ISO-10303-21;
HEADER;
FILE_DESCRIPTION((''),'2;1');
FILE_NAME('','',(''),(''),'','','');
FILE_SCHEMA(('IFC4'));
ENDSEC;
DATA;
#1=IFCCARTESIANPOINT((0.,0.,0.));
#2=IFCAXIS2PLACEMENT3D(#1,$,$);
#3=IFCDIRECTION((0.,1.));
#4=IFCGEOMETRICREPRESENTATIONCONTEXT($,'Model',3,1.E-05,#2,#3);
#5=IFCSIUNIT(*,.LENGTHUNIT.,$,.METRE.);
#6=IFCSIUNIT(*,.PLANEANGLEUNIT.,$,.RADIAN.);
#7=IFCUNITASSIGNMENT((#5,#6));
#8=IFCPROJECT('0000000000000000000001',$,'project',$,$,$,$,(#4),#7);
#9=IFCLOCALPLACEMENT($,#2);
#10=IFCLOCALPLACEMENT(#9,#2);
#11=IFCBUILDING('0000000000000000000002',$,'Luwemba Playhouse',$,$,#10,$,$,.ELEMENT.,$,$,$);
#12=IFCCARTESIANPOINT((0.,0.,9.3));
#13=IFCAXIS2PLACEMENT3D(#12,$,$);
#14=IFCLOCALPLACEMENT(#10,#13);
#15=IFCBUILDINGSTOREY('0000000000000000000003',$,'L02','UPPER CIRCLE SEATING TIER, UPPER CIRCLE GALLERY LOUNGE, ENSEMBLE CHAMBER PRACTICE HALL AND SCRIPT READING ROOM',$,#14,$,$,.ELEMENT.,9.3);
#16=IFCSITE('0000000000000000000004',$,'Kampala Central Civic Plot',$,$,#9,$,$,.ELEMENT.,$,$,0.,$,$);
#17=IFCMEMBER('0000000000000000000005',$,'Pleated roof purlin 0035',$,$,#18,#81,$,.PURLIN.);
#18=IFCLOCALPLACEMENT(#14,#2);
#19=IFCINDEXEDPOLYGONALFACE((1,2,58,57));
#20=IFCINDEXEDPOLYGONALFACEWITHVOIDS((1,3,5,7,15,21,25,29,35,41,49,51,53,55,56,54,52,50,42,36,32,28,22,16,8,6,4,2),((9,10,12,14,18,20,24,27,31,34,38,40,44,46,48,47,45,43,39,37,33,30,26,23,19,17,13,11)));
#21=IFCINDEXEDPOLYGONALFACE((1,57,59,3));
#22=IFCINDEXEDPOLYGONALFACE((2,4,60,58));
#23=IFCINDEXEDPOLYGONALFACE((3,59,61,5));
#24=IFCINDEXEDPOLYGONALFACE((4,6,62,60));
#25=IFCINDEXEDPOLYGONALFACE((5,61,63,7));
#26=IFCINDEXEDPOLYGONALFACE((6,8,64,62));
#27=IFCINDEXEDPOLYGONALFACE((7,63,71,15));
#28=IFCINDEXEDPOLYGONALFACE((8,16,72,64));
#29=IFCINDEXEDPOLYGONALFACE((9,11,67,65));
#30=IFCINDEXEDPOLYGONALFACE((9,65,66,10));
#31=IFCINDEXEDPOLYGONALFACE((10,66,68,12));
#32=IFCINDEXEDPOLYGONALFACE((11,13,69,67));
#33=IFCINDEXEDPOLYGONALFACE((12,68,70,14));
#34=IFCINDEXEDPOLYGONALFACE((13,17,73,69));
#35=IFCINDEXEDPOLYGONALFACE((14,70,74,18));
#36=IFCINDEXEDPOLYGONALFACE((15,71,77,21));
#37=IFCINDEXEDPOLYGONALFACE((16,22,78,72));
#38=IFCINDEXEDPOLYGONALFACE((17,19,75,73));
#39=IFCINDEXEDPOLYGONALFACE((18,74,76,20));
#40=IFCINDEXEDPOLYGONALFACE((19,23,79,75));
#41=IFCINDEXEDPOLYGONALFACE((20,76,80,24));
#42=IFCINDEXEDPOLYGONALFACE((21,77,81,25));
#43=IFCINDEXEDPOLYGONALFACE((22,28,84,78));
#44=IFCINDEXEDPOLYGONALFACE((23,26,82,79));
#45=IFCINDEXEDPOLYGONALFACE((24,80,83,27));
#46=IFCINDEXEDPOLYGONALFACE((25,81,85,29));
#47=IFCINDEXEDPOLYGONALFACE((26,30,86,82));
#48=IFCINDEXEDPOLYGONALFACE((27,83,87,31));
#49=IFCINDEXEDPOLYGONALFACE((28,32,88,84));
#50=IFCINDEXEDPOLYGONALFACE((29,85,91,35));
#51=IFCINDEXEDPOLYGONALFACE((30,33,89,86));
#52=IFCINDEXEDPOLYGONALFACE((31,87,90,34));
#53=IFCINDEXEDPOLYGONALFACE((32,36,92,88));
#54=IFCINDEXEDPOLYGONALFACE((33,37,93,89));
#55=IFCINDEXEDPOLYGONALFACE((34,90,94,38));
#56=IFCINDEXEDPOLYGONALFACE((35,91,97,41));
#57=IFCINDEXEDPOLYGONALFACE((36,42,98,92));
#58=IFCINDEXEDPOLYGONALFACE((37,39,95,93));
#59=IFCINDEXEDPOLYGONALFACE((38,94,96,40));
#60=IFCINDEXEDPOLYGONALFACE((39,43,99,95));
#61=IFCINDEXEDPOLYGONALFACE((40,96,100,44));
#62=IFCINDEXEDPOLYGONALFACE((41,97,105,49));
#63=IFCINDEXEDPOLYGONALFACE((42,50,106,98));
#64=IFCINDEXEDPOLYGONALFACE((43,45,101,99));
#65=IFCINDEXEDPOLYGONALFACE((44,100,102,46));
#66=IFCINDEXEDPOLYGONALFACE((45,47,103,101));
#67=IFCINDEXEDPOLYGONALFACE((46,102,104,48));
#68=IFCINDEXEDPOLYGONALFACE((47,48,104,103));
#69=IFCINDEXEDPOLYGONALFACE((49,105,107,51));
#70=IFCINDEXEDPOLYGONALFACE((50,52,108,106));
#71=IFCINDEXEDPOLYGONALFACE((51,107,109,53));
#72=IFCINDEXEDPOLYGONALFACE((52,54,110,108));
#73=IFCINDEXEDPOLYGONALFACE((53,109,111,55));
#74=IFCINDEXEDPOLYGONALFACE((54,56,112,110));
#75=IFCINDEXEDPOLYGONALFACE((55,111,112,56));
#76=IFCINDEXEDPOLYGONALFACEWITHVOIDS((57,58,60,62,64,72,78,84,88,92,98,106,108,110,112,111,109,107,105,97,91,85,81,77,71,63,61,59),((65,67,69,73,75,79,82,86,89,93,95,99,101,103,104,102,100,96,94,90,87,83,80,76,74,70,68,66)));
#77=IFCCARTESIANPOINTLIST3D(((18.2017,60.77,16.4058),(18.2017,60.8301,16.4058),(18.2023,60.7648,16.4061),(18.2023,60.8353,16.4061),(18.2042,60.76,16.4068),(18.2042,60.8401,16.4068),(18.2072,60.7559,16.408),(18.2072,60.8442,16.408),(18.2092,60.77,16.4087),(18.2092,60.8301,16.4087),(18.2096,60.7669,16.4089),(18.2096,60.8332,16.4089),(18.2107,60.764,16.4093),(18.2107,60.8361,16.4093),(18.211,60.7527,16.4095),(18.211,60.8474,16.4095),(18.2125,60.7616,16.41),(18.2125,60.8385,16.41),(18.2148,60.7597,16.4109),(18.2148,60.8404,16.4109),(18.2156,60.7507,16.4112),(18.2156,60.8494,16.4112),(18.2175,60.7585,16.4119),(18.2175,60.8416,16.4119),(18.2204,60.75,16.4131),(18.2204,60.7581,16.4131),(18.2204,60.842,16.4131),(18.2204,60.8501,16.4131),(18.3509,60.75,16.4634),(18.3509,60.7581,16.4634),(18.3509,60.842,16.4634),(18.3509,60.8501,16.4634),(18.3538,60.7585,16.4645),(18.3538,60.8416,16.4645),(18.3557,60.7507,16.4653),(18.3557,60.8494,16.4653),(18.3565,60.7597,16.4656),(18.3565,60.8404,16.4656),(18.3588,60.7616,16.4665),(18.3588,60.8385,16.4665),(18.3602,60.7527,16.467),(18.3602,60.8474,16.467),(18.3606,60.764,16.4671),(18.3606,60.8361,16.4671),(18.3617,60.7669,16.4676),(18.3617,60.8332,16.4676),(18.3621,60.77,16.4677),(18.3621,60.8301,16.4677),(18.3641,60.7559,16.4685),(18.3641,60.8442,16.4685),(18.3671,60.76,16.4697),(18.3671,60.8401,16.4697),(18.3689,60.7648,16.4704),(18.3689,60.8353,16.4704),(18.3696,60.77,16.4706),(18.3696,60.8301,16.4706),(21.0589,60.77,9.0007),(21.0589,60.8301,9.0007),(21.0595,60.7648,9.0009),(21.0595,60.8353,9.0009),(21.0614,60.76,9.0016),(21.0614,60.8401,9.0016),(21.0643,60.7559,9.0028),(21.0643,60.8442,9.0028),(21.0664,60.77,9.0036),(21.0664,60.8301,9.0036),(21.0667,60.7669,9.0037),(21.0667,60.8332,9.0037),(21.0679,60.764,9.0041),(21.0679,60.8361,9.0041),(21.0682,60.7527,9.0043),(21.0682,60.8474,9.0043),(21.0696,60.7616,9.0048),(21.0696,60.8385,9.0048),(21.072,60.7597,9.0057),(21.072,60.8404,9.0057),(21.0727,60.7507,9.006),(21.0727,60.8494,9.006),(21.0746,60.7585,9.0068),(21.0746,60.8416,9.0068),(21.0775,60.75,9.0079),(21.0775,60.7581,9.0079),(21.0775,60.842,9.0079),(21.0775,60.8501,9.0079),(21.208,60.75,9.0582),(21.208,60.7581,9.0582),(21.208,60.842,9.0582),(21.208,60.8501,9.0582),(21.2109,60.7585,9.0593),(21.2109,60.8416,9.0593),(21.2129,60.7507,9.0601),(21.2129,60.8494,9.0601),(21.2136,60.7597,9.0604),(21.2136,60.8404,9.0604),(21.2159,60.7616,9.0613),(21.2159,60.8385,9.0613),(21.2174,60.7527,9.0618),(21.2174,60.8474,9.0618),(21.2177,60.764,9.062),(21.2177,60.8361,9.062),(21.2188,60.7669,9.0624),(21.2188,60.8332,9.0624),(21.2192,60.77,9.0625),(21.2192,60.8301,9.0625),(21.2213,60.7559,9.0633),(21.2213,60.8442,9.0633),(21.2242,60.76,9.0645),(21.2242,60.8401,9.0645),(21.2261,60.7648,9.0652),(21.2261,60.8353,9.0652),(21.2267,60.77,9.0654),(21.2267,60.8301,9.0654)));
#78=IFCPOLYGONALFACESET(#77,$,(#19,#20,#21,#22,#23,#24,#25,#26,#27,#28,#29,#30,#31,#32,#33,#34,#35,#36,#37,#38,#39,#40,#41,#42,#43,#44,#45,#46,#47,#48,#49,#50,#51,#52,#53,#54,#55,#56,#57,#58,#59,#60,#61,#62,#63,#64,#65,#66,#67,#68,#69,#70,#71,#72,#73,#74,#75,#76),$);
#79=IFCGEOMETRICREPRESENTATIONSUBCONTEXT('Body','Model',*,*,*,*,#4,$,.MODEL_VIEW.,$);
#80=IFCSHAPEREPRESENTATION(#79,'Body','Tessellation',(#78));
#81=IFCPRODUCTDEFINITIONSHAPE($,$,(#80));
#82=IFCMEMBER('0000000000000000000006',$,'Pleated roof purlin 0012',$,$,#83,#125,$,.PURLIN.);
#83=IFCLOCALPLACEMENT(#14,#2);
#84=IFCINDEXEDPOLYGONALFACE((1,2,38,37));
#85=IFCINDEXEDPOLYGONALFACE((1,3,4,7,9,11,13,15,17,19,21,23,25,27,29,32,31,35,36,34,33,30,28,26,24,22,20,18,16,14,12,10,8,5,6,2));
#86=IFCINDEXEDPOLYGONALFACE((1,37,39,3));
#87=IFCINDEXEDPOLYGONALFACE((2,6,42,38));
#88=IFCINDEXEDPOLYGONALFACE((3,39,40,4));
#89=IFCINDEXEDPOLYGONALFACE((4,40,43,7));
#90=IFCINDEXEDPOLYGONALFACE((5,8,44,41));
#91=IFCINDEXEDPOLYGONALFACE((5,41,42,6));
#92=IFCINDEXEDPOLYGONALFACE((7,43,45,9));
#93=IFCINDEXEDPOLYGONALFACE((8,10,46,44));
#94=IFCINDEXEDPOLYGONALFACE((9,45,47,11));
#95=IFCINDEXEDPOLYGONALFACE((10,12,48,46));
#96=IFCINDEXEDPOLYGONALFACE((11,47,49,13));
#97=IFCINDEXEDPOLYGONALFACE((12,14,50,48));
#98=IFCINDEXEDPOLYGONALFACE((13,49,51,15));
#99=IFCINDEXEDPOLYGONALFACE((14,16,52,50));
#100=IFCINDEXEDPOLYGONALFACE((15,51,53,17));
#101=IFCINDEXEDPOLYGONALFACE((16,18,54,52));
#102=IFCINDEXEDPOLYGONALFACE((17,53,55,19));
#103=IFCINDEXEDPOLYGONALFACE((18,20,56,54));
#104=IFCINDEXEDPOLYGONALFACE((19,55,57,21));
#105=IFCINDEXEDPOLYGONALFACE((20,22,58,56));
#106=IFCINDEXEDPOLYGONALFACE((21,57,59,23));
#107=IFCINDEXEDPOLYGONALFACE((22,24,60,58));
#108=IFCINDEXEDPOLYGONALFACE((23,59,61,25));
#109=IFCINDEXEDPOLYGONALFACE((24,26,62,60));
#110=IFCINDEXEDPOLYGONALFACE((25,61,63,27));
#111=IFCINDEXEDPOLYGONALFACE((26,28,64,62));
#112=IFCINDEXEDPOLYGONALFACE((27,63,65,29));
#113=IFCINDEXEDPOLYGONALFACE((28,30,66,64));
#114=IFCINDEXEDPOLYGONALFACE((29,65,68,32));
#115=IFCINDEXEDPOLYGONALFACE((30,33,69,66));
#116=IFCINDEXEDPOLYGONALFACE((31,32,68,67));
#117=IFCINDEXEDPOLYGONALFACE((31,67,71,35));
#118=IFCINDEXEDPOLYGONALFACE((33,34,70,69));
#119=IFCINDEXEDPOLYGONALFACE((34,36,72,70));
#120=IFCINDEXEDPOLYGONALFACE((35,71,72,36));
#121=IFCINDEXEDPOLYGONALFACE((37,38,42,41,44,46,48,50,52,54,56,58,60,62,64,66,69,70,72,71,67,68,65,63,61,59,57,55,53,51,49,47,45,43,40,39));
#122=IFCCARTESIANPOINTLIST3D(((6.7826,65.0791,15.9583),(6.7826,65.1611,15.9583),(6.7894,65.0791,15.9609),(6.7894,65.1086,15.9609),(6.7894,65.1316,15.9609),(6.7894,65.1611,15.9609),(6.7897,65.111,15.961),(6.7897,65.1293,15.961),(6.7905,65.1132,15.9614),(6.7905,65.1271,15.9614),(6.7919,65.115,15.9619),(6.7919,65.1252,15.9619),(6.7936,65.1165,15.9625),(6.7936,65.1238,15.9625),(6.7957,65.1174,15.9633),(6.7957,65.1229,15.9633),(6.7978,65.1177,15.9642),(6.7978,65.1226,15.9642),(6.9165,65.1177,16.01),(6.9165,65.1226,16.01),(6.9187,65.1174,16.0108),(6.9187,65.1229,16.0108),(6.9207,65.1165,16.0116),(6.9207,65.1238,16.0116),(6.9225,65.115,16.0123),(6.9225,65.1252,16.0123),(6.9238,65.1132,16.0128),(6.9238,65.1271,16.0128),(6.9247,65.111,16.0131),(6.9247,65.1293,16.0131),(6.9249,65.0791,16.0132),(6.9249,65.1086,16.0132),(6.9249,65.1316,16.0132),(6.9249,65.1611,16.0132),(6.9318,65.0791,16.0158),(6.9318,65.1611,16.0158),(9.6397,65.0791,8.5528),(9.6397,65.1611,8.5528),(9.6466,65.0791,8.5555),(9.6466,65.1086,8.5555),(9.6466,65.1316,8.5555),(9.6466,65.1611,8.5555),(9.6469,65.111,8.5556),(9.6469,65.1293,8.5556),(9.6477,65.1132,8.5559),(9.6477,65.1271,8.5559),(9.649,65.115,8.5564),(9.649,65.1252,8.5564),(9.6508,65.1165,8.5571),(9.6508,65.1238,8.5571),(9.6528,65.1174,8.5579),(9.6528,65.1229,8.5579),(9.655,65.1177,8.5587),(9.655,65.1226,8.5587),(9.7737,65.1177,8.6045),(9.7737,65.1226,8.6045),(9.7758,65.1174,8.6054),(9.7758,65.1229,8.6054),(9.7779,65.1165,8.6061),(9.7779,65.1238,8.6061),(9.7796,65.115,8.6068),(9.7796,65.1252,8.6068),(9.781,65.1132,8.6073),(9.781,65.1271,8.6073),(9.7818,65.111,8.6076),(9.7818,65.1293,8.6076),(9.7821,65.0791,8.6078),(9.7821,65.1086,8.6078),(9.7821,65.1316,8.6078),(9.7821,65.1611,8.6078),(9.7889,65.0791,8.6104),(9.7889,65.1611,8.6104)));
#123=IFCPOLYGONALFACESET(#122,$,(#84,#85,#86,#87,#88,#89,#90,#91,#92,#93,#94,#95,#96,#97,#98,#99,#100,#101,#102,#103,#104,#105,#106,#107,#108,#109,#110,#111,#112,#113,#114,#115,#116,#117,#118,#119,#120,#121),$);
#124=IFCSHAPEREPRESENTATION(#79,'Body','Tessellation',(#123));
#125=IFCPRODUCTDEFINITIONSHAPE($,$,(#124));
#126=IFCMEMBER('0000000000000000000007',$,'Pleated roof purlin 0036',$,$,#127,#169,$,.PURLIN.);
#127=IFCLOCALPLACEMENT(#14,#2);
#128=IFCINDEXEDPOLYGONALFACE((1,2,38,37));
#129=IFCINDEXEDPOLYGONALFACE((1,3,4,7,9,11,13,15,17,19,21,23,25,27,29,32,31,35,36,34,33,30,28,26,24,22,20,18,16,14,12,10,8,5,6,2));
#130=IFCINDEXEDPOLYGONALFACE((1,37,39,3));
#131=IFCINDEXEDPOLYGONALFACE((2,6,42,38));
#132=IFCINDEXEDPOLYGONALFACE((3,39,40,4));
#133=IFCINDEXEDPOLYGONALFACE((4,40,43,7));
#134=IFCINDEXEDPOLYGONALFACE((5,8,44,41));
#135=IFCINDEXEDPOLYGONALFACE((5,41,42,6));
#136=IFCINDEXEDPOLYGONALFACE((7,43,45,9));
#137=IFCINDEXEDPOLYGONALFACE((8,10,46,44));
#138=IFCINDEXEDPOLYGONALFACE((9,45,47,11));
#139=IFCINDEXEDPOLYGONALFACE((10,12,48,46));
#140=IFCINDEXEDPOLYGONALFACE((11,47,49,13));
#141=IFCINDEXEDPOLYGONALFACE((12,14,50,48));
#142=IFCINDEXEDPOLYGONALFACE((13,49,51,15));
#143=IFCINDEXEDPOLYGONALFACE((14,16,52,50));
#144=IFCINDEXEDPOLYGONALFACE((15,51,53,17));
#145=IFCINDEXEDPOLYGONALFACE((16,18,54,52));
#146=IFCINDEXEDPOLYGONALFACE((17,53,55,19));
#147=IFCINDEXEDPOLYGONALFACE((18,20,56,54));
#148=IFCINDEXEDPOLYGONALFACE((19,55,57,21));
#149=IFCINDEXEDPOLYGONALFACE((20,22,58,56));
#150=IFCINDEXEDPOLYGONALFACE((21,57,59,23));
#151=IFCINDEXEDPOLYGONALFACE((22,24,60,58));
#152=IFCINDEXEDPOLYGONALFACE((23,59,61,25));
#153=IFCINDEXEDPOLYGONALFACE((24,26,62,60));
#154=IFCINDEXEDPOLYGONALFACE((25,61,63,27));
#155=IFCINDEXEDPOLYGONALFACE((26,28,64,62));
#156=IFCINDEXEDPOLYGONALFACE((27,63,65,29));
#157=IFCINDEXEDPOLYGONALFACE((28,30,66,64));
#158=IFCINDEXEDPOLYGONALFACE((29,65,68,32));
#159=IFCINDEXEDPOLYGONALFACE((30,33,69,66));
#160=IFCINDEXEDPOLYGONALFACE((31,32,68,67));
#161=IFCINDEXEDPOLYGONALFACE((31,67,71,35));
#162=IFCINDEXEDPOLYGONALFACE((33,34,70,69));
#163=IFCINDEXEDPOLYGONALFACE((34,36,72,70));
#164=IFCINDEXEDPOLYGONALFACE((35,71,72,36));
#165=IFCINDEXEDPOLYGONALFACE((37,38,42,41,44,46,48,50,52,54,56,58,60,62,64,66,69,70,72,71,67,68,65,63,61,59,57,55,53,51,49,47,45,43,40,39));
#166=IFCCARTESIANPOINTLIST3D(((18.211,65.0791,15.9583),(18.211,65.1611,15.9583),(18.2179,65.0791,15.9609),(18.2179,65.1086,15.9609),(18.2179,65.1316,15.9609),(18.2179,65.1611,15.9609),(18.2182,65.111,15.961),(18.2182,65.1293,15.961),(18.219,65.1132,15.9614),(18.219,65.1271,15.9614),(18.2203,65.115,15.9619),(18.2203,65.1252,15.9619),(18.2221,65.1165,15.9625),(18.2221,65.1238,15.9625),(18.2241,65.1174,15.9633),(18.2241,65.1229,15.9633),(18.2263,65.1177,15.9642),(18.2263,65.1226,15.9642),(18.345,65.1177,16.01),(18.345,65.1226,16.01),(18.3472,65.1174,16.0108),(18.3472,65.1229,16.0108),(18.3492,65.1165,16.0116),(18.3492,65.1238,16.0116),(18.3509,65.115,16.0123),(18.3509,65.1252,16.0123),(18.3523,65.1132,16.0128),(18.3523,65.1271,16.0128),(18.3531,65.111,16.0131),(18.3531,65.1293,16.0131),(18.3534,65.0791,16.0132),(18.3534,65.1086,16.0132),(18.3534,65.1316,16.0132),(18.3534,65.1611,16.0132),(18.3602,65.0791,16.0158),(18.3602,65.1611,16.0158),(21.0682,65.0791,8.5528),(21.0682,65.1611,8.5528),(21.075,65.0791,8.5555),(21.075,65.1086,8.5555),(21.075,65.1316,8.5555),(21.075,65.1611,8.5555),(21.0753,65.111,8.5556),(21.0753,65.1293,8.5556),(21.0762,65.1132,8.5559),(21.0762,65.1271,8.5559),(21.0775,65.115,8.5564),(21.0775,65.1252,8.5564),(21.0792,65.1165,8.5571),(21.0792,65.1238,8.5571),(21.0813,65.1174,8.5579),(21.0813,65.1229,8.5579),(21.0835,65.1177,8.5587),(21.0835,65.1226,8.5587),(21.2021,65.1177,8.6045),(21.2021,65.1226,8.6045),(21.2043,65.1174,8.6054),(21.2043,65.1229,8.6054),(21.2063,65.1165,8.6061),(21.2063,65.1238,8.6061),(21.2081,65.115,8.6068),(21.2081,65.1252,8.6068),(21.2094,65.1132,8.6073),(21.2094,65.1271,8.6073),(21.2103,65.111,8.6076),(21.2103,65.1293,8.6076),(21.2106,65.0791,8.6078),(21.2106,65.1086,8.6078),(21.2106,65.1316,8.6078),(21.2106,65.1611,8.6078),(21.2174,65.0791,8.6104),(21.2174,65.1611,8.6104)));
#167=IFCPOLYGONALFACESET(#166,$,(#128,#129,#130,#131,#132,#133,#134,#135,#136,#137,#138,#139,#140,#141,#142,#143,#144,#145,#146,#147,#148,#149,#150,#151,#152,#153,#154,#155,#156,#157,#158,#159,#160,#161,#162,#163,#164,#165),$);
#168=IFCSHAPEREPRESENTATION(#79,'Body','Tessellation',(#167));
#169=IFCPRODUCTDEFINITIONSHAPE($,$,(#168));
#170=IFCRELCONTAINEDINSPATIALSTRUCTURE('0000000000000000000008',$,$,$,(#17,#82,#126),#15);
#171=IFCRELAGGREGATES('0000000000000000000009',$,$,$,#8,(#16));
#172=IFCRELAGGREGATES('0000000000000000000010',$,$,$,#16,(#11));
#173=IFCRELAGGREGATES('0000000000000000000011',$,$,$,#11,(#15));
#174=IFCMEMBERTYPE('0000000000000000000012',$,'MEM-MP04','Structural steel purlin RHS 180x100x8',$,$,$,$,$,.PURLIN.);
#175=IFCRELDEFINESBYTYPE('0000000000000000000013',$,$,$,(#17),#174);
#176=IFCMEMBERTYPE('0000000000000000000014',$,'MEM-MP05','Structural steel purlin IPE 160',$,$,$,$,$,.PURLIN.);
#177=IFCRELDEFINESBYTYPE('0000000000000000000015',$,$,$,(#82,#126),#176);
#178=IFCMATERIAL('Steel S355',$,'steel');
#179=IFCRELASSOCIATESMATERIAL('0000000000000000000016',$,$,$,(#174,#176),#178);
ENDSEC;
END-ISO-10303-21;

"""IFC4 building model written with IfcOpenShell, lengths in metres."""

from ifc_helpers import new_model, si_unit, direction, frame, origin, origin_2d, place, context, subcontext, project, spatial, hollow_rectangle, i_section, extrude, material, material_profile, profile_set, type_object, element, save


model = new_model("IFC4")

# Units and contexts
model_context = context("Model", 3, precision=1e-05, world=origin(), true_north=direction((0.0, 1.0)))
body_context = subcontext(model_context, "Body", "Model", "MODEL_VIEW")
ifc_project = project(units=[si_unit("LENGTHUNIT", "METRE"), si_unit("PLANEANGLEUNIT", "RADIAN")], contexts=[model_context])

# Site, building, storey
site_placement = place(None, origin())
site = spatial("IfcSite", under=ifc_project, at=site_placement, Name="Kampala Central Civic Plot", CompositionType="ELEMENT", RefElevation=0.0)
building_placement = place(site_placement, origin())
building = spatial("IfcBuilding", under=site, at=building_placement, Name="Luwemba Playhouse", CompositionType="ELEMENT")
storey_placement = place(building_placement, frame((0.0, 0.0, 9.3)))
storey = spatial("IfcBuildingStorey", under=building, at=storey_placement, Name="L02", Description="UPPER CIRCLE SEATING TIER, UPPER CIRCLE GALLERY LOUNGE, ENSEMBLE CHAMBER PRACTICE HALL AND SCRIPT READING ROOM", CompositionType="ELEMENT", Elevation=9.3)

# Shared definitions
ifc_material_1 = material(Name="Steel S355", Category="steel")

# Members
ifc_material_profile_1 = material_profile(ifc_material_1, hollow_rectangle(XDim=0.1001, YDim=0.1799, WallThickness=0.0081, InnerFilletRadius=0.012, OuterFilletRadius=0.02, at=origin_2d()))
ifc_profile_set_1 = profile_set([ifc_material_profile_1], Name="Steel S355")
member_type_1 = type_object("IfcMemberType", Name="MEM-MP04", Description="Structural steel purlin RHS 180x100x8", PredefinedType="PURLIN", material=ifc_profile_set_1)
for number, where, z_axis, x_axis, name in (
    (1, (18.2856, 60.8, 16.4382), (0.359966, 0.0, -0.932965), (0.0, 1.0, 0.0), "Pleated roof purlin 0035"),
):
    element("IfcMember", number, at=place(storey_placement, frame(where, z_axis=z_axis, x_axis=x_axis)), inside=storey, type_object=member_type_1, Name=name, PredefinedType="PURLIN", context=body_context, shape_type="SweptSolid", body=[
        extrude(hollow_rectangle(XDim=0.1001, YDim=0.1799, WallThickness=0.0081, InnerFilletRadius=0.012, OuterFilletRadius=0.02, at=origin_2d()), origin(), (0.0, 0.0, 1.0), 7.9373),
    ])
ifc_material_profile_2 = material_profile(ifc_material_1, i_section(OverallWidth=0.082, OverallDepth=0.1599, WebThickness=0.0049, FlangeThickness=0.0073, FilletRadius=0.009, at=origin_2d()))
ifc_profile_set_2 = profile_set([ifc_material_profile_2], Name="Steel S355")
member_type_2 = type_object("IfcMemberType", Name="MEM-MP05", Description="Structural steel purlin IPE 160", PredefinedType="PURLIN", material=ifc_profile_set_2)
for number, where, z_axis, x_axis, name in (
    (2, (6.8572, 65.1201, 15.9871), (0.359956, 0.0, -0.932969), (0.0, 1.0, 0.0), "Pleated roof purlin 0012"),
    (3, (18.2856, 65.1201, 15.9871), (0.359956, 0.0, -0.932969), (0.0, 1.0, 0.0), "Pleated roof purlin 0036"),
):
    element("IfcMember", number, at=place(storey_placement, frame(where, z_axis=z_axis, x_axis=x_axis)), inside=storey, type_object=member_type_2, Name=name, PredefinedType="PURLIN", context=body_context, shape_type="SweptSolid", body=[
        extrude(i_section(OverallWidth=0.082, OverallDepth=0.1599, WebThickness=0.0049, FlangeThickness=0.0073, FilletRadius=0.009, at=origin_2d()), origin(), (0.0, 0.0, 1.0), 7.9375),
    ])

save(model, "model.ifc")
